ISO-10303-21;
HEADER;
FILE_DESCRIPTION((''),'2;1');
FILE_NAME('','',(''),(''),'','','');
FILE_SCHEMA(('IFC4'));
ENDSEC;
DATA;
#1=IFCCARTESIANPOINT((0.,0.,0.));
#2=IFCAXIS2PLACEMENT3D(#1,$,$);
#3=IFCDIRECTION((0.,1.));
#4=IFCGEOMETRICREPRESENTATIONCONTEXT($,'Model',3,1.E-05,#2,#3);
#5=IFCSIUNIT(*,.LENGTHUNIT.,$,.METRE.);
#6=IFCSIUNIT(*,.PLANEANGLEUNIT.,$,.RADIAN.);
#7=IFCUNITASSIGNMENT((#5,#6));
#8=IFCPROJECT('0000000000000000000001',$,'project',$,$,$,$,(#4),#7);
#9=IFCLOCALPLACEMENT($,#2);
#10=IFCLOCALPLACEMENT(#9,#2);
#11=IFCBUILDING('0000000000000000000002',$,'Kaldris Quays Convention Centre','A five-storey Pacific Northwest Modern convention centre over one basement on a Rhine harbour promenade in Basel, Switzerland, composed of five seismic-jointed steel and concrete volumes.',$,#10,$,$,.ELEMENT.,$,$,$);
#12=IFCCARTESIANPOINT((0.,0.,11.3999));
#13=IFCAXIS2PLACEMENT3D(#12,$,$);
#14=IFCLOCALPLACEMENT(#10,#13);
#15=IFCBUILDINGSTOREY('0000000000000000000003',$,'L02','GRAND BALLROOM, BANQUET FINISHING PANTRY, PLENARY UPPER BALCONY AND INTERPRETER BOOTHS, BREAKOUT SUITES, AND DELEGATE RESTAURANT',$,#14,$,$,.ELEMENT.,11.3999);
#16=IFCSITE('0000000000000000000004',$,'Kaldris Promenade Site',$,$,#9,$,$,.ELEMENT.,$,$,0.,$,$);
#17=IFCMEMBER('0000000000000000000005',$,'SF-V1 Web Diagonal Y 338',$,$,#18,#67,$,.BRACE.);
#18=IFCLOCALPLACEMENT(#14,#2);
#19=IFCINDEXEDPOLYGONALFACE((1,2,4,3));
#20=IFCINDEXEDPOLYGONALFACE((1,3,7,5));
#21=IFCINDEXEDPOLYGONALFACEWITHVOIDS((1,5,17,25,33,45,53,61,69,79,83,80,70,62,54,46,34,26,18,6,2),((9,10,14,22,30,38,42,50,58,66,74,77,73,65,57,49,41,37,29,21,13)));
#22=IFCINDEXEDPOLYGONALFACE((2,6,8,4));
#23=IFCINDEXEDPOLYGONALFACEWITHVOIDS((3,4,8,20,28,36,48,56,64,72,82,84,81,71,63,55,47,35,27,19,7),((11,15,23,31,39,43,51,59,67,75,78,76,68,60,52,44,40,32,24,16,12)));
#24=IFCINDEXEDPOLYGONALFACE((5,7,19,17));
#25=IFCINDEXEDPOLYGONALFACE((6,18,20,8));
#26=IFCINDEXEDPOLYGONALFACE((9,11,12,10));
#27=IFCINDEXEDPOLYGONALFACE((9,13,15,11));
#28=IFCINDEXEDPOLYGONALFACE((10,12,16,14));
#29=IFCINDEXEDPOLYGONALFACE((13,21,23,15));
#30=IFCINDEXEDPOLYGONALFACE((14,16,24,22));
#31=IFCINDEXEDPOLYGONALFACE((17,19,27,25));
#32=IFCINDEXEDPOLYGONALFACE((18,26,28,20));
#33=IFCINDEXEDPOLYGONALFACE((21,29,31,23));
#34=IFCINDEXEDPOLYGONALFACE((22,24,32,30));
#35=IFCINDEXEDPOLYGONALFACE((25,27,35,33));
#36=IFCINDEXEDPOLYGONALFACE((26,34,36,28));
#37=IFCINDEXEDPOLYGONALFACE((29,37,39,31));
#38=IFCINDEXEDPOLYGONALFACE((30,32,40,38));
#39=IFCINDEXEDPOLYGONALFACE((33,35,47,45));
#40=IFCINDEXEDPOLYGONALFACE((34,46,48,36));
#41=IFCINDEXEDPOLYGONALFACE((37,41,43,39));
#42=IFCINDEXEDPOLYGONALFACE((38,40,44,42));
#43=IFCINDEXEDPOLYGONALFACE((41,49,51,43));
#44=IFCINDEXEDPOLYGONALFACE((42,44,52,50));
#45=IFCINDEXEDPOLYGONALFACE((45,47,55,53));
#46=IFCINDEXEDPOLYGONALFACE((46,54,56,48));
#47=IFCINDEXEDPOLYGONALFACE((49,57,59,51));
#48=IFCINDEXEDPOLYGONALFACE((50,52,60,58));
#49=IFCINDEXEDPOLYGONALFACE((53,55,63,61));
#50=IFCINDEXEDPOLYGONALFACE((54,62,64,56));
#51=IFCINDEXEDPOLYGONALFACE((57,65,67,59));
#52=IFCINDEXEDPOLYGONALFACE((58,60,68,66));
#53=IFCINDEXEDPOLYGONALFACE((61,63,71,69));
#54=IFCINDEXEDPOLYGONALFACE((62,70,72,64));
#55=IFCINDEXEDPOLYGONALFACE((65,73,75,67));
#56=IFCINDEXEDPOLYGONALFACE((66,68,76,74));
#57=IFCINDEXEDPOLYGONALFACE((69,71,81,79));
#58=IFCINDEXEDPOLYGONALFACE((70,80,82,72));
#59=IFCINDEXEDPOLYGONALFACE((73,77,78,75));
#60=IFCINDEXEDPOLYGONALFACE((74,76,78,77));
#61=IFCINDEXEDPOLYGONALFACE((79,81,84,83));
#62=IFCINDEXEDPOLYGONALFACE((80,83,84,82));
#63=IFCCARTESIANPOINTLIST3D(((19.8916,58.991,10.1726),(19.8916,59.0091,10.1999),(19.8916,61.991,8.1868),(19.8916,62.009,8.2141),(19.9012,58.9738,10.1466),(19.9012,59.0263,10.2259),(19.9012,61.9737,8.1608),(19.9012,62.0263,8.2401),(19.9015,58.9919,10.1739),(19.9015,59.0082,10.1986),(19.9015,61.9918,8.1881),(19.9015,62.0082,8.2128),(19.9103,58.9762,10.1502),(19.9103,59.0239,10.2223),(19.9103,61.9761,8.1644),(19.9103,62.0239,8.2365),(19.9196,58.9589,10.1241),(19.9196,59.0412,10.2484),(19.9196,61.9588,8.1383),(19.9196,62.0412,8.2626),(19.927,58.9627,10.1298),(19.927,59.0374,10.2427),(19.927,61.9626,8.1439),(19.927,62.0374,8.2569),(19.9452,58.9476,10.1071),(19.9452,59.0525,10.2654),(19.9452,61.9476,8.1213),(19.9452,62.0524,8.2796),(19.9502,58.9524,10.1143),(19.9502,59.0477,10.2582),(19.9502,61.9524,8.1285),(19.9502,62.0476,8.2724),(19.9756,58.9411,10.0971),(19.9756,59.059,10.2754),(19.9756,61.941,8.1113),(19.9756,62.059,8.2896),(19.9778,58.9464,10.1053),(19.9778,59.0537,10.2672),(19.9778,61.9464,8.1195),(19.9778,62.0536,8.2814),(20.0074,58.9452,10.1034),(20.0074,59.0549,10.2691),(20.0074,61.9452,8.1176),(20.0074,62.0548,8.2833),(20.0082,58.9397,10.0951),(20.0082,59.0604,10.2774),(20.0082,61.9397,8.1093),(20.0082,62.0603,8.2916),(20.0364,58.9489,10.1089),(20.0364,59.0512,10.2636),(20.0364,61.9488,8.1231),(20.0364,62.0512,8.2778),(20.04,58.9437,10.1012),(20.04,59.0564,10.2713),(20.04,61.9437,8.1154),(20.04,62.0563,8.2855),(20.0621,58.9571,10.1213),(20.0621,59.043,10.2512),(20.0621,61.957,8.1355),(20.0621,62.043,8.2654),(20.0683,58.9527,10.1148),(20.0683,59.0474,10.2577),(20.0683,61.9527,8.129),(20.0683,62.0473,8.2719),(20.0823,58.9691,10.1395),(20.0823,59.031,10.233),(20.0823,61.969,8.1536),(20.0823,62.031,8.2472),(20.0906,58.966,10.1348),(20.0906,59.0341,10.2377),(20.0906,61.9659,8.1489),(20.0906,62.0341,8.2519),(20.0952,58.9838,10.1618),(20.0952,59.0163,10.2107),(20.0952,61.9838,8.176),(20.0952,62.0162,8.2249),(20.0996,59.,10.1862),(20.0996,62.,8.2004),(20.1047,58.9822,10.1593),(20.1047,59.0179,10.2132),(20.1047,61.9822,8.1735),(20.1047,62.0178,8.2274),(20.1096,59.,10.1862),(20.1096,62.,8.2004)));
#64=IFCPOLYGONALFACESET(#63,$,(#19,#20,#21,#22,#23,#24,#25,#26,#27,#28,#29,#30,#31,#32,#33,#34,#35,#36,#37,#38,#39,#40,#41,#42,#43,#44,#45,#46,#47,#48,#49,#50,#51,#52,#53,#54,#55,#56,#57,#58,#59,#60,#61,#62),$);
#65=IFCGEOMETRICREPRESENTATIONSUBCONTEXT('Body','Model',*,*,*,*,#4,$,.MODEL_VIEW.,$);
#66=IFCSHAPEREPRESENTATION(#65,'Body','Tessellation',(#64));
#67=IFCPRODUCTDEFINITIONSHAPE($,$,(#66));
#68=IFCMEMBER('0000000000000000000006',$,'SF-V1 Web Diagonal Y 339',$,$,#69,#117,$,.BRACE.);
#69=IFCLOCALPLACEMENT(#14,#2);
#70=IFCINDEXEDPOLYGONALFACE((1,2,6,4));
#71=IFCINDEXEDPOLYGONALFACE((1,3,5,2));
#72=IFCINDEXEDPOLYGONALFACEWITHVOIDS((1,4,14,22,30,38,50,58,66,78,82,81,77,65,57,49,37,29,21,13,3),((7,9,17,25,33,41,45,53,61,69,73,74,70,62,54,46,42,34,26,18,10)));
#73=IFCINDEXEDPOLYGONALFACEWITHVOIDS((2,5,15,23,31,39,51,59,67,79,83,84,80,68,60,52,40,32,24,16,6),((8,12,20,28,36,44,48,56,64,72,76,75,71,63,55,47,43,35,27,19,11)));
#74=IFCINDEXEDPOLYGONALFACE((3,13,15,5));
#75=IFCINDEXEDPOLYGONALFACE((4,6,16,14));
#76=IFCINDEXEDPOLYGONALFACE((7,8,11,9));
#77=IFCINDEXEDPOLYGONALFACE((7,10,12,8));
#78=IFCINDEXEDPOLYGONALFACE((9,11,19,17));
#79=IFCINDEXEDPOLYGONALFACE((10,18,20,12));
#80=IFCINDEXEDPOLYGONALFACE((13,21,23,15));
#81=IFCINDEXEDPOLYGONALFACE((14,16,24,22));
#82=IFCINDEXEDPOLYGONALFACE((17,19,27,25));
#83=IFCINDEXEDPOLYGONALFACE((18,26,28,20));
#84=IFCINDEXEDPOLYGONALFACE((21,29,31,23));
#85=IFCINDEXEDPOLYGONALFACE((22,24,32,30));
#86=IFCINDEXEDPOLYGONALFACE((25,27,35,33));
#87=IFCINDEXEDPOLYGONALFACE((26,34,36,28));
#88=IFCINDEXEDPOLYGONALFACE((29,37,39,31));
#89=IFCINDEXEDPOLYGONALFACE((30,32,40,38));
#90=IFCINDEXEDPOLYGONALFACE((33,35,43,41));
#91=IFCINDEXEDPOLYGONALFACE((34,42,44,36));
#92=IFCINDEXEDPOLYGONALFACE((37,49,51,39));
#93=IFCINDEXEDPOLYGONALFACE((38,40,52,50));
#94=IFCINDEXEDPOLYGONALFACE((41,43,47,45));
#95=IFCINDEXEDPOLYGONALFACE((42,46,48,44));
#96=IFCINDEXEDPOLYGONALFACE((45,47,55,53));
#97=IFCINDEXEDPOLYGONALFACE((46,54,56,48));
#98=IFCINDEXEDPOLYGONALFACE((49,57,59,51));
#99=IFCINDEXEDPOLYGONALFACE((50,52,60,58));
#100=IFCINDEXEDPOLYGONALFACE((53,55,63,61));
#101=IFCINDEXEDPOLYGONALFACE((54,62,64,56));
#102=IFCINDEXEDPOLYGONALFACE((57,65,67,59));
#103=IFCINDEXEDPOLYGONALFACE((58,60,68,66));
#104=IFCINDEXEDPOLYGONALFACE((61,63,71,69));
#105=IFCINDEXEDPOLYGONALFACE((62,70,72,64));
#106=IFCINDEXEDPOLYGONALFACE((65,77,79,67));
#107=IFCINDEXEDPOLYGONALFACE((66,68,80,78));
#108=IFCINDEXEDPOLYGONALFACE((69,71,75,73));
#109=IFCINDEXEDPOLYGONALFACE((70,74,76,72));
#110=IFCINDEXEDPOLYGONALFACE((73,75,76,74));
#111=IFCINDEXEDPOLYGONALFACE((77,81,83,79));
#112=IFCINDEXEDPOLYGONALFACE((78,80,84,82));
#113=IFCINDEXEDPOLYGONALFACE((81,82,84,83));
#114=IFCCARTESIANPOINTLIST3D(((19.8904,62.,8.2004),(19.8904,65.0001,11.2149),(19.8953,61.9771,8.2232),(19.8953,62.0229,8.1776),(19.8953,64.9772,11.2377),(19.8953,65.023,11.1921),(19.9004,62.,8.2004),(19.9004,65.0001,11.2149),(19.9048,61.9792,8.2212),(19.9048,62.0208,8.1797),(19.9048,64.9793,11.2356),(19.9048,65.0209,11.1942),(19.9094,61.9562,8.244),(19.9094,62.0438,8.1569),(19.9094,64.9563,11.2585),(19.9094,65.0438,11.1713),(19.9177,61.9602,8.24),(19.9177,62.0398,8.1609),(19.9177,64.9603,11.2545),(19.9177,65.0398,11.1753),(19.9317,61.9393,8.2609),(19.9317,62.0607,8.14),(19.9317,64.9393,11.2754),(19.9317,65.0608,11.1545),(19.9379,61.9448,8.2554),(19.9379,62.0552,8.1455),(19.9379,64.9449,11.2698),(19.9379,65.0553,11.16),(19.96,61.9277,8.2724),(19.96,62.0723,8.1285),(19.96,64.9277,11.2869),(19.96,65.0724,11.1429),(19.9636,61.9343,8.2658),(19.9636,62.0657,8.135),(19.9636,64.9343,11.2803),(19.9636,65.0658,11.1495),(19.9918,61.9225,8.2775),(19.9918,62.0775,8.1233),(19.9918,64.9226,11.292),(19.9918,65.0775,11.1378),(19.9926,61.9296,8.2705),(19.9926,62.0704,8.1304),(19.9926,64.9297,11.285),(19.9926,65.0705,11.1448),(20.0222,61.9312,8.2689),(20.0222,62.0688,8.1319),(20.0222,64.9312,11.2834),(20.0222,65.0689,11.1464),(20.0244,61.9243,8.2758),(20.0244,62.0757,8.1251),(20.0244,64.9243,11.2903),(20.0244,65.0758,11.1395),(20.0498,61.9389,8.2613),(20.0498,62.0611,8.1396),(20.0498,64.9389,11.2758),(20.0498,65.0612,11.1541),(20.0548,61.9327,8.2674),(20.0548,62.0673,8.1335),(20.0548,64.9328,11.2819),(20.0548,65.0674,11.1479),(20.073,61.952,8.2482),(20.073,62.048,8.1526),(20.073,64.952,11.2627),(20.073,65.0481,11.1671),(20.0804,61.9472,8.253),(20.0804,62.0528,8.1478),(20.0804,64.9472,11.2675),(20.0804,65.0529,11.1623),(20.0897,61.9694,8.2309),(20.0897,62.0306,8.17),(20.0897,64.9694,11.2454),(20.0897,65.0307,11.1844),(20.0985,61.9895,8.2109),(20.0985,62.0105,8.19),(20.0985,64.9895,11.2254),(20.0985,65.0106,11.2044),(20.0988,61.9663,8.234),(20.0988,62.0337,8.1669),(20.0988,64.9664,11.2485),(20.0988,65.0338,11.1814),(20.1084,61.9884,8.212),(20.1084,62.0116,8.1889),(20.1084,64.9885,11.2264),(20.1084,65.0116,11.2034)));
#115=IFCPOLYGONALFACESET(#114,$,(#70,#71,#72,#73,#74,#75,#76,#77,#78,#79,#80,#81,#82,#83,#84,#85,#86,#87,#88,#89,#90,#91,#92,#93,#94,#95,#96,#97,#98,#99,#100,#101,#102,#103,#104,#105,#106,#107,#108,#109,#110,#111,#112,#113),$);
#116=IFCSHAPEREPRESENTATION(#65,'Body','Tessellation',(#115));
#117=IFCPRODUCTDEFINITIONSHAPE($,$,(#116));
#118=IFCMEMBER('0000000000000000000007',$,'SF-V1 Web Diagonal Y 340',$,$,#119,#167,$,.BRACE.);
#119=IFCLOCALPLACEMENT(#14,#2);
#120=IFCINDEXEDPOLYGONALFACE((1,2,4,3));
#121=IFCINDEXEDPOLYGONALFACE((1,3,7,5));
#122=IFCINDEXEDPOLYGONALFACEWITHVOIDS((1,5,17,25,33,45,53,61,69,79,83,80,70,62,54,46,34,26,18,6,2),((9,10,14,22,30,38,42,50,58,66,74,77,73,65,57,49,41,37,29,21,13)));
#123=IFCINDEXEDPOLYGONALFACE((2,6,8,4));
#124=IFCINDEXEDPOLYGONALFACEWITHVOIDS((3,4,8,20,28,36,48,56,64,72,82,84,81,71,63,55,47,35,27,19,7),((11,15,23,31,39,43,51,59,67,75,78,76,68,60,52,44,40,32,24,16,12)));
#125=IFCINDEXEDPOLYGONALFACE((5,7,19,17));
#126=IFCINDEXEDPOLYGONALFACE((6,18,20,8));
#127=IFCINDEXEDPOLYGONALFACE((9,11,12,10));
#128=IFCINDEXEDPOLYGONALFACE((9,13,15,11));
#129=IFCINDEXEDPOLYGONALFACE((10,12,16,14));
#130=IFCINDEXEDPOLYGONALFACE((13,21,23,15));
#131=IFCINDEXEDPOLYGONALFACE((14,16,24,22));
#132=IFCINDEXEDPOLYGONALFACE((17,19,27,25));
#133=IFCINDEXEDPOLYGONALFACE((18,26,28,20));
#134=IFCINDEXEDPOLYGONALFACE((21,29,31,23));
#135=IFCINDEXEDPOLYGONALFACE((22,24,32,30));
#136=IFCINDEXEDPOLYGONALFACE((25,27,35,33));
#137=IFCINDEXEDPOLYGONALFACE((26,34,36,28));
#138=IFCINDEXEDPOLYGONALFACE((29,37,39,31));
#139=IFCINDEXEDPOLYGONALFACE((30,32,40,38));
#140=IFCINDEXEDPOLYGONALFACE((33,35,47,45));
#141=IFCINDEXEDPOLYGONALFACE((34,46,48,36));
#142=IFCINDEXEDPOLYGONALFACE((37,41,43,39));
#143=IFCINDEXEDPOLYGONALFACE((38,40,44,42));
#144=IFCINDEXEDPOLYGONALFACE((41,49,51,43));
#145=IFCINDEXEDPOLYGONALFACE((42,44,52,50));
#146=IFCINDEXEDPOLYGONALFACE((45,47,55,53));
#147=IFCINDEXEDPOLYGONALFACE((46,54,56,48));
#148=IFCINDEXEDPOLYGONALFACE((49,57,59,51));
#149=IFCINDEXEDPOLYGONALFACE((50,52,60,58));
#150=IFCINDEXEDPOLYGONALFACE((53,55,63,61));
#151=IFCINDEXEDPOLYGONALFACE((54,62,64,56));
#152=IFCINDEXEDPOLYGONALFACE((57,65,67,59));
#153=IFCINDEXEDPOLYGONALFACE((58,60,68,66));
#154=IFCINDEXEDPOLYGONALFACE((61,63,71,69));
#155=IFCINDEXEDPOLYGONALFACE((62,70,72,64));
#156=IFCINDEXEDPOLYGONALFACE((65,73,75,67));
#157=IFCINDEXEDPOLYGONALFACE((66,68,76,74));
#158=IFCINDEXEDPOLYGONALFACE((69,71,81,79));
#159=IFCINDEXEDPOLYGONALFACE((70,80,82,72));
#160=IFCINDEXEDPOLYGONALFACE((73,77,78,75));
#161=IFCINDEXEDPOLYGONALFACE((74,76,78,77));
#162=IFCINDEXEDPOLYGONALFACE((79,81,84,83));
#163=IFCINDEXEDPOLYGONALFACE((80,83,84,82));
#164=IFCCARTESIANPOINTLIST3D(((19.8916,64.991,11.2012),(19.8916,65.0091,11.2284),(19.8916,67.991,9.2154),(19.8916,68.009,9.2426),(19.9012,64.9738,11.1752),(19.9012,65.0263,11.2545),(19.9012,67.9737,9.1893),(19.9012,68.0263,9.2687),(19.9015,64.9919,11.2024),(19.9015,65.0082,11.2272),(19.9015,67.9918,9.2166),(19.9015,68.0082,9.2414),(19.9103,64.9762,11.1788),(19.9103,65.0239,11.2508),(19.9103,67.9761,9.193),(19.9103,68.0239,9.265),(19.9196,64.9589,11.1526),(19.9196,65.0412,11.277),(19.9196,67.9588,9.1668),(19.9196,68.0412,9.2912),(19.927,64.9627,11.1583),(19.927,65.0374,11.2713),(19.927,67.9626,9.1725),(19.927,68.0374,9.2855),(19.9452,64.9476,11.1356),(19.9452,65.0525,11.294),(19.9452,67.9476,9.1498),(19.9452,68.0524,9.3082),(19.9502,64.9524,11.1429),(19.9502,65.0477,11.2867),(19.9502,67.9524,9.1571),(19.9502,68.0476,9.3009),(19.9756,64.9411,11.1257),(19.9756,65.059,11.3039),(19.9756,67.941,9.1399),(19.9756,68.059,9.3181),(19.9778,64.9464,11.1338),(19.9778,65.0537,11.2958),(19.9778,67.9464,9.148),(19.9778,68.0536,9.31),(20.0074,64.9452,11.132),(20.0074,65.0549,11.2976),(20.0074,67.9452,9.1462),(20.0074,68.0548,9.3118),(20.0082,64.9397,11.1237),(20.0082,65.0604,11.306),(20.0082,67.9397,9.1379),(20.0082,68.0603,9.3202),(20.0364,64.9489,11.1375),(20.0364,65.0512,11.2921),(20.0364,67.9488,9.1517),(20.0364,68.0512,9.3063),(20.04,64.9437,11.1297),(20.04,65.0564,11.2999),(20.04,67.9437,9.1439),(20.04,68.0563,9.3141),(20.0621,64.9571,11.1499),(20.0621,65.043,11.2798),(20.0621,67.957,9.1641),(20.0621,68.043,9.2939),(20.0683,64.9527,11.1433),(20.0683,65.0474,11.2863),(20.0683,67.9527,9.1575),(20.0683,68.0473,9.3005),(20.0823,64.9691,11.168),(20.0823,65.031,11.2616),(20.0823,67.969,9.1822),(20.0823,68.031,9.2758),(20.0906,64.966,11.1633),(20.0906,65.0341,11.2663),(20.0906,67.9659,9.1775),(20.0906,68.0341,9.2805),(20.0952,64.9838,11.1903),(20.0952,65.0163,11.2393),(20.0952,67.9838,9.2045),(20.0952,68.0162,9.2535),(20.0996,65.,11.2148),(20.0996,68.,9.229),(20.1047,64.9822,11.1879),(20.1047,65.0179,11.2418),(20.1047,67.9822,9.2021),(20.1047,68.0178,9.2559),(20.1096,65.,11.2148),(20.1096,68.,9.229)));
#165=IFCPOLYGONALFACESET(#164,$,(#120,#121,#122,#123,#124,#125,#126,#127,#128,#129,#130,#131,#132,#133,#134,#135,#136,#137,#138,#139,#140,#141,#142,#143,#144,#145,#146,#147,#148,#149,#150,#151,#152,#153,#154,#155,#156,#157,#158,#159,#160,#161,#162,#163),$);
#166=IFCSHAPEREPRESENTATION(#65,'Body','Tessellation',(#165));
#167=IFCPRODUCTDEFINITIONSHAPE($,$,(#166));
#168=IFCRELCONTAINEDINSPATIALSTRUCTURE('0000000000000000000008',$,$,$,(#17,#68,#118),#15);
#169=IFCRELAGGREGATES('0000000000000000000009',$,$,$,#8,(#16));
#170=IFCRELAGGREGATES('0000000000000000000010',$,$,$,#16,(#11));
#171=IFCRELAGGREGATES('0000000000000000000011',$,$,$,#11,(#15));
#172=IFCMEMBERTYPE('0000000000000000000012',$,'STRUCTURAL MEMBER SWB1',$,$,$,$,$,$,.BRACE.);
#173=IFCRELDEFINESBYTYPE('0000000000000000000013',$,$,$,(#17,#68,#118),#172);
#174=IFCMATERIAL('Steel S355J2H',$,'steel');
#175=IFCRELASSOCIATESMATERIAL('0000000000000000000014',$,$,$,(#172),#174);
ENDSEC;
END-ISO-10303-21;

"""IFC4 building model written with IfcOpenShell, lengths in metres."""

from ifc_helpers import new_model, si_unit, direction, frame, origin, origin_2d, place, context, subcontext, project, spatial, hollow_circle, extrude, material, material_profile, profile_set, type_object, element, save


model = new_model("IFC4")

# Units and contexts
model_context = context("Model", 3, precision=1e-05, world=origin(), true_north=direction((0.0, 1.0)))
body_context = subcontext(model_context, "Body", "Model", "MODEL_VIEW")
ifc_project = project(units=[si_unit("LENGTHUNIT", "METRE"), si_unit("PLANEANGLEUNIT", "RADIAN")], contexts=[model_context])

# Site, building, storey
site_placement = place(None, origin())
site = spatial("IfcSite", under=ifc_project, at=site_placement, Name="Kaldris Promenade Site", CompositionType="ELEMENT", RefElevation=0.0)
building_placement = place(site_placement, origin())
building = spatial("IfcBuilding", under=site, at=building_placement, Name="Kaldris Quays Convention Centre", Description="A five-storey Pacific Northwest Modern convention centre over one basement on a Rhine harbour promenade in Basel, Switzerland, composed of five seismic-jointed steel and concrete volumes.", CompositionType="ELEMENT")
storey_placement = place(building_placement, frame((0.0, 0.0, 11.3999)))
storey = spatial("IfcBuildingStorey", under=building, at=storey_placement, Name="L02", Description="GRAND BALLROOM, BANQUET FINISHING PANTRY, PLENARY UPPER BALCONY AND INTERPRETER BOOTHS, BREAKOUT SUITES, AND DELEGATE RESTAURANT", CompositionType="ELEMENT", Elevation=11.3999)

# Members
ifc_material_1 = material(Name="Steel S355J2H", Category="steel")
ifc_material_profile_1 = material_profile(ifc_material_1, hollow_circle(Radius=0.1096, WallThickness=0.01, at=origin_2d()), Name="CHS 219.1x10")
ifc_profile_set_1 = profile_set([ifc_material_profile_1], Name="Steel S355J2H")
member_type_1 = type_object("IfcMemberType", Name="STRUCTURAL MEMBER SWB1", PredefinedType="BRACE", material=ifc_profile_set_1)
member_1_placement = place(storey_placement, frame((20.0, 62.0, 8.2004), z_axis=(0.0, -0.833862, 0.551972), x_axis=(1.0, 0.0, 0.0)))
element("IfcMember", 1, at=member_1_placement, inside=storey, type_object=member_type_1, Name="SF-V1 Web Diagonal Y 338", PredefinedType="BRACE", context=body_context, shape_type="SweptSolid", body=[
    extrude(hollow_circle(Radius=0.1096, WallThickness=0.01, at=origin_2d()), origin(), (0.0, 0.0, 1.0), 3.5977),
])
member_2_placement = place(storey_placement, frame((20.0, 62.0, 8.2004), z_axis=(0.0, 0.705411, 0.708798), x_axis=(-1.0, 0.0, 0.0)))
element("IfcMember", 2, at=member_2_placement, inside=storey, type_object=member_type_1, Name="SF-V1 Web Diagonal Y 339", PredefinedType="BRACE", context=body_context, shape_type="SweptSolid", body=[
    extrude(hollow_circle(Radius=0.1096, WallThickness=0.01, at=origin_2d()), origin(), (0.0, 0.0, 1.0), 4.2529),
])
member_3_placement = place(storey_placement, frame((20.0, 68.0, 9.229), z_axis=(0.0, -0.833862, 0.551972), x_axis=(1.0, 0.0, 0.0)))
element("IfcMember", 3, at=member_3_placement, inside=storey, type_object=member_type_1, Name="SF-V1 Web Diagonal Y 340", PredefinedType="BRACE", context=body_context, shape_type="SweptSolid", body=[
    extrude(hollow_circle(Radius=0.1096, WallThickness=0.01, at=origin_2d()), origin(), (0.0, 0.0, 1.0), 3.5977),
])

save(model, "model.ifc")
